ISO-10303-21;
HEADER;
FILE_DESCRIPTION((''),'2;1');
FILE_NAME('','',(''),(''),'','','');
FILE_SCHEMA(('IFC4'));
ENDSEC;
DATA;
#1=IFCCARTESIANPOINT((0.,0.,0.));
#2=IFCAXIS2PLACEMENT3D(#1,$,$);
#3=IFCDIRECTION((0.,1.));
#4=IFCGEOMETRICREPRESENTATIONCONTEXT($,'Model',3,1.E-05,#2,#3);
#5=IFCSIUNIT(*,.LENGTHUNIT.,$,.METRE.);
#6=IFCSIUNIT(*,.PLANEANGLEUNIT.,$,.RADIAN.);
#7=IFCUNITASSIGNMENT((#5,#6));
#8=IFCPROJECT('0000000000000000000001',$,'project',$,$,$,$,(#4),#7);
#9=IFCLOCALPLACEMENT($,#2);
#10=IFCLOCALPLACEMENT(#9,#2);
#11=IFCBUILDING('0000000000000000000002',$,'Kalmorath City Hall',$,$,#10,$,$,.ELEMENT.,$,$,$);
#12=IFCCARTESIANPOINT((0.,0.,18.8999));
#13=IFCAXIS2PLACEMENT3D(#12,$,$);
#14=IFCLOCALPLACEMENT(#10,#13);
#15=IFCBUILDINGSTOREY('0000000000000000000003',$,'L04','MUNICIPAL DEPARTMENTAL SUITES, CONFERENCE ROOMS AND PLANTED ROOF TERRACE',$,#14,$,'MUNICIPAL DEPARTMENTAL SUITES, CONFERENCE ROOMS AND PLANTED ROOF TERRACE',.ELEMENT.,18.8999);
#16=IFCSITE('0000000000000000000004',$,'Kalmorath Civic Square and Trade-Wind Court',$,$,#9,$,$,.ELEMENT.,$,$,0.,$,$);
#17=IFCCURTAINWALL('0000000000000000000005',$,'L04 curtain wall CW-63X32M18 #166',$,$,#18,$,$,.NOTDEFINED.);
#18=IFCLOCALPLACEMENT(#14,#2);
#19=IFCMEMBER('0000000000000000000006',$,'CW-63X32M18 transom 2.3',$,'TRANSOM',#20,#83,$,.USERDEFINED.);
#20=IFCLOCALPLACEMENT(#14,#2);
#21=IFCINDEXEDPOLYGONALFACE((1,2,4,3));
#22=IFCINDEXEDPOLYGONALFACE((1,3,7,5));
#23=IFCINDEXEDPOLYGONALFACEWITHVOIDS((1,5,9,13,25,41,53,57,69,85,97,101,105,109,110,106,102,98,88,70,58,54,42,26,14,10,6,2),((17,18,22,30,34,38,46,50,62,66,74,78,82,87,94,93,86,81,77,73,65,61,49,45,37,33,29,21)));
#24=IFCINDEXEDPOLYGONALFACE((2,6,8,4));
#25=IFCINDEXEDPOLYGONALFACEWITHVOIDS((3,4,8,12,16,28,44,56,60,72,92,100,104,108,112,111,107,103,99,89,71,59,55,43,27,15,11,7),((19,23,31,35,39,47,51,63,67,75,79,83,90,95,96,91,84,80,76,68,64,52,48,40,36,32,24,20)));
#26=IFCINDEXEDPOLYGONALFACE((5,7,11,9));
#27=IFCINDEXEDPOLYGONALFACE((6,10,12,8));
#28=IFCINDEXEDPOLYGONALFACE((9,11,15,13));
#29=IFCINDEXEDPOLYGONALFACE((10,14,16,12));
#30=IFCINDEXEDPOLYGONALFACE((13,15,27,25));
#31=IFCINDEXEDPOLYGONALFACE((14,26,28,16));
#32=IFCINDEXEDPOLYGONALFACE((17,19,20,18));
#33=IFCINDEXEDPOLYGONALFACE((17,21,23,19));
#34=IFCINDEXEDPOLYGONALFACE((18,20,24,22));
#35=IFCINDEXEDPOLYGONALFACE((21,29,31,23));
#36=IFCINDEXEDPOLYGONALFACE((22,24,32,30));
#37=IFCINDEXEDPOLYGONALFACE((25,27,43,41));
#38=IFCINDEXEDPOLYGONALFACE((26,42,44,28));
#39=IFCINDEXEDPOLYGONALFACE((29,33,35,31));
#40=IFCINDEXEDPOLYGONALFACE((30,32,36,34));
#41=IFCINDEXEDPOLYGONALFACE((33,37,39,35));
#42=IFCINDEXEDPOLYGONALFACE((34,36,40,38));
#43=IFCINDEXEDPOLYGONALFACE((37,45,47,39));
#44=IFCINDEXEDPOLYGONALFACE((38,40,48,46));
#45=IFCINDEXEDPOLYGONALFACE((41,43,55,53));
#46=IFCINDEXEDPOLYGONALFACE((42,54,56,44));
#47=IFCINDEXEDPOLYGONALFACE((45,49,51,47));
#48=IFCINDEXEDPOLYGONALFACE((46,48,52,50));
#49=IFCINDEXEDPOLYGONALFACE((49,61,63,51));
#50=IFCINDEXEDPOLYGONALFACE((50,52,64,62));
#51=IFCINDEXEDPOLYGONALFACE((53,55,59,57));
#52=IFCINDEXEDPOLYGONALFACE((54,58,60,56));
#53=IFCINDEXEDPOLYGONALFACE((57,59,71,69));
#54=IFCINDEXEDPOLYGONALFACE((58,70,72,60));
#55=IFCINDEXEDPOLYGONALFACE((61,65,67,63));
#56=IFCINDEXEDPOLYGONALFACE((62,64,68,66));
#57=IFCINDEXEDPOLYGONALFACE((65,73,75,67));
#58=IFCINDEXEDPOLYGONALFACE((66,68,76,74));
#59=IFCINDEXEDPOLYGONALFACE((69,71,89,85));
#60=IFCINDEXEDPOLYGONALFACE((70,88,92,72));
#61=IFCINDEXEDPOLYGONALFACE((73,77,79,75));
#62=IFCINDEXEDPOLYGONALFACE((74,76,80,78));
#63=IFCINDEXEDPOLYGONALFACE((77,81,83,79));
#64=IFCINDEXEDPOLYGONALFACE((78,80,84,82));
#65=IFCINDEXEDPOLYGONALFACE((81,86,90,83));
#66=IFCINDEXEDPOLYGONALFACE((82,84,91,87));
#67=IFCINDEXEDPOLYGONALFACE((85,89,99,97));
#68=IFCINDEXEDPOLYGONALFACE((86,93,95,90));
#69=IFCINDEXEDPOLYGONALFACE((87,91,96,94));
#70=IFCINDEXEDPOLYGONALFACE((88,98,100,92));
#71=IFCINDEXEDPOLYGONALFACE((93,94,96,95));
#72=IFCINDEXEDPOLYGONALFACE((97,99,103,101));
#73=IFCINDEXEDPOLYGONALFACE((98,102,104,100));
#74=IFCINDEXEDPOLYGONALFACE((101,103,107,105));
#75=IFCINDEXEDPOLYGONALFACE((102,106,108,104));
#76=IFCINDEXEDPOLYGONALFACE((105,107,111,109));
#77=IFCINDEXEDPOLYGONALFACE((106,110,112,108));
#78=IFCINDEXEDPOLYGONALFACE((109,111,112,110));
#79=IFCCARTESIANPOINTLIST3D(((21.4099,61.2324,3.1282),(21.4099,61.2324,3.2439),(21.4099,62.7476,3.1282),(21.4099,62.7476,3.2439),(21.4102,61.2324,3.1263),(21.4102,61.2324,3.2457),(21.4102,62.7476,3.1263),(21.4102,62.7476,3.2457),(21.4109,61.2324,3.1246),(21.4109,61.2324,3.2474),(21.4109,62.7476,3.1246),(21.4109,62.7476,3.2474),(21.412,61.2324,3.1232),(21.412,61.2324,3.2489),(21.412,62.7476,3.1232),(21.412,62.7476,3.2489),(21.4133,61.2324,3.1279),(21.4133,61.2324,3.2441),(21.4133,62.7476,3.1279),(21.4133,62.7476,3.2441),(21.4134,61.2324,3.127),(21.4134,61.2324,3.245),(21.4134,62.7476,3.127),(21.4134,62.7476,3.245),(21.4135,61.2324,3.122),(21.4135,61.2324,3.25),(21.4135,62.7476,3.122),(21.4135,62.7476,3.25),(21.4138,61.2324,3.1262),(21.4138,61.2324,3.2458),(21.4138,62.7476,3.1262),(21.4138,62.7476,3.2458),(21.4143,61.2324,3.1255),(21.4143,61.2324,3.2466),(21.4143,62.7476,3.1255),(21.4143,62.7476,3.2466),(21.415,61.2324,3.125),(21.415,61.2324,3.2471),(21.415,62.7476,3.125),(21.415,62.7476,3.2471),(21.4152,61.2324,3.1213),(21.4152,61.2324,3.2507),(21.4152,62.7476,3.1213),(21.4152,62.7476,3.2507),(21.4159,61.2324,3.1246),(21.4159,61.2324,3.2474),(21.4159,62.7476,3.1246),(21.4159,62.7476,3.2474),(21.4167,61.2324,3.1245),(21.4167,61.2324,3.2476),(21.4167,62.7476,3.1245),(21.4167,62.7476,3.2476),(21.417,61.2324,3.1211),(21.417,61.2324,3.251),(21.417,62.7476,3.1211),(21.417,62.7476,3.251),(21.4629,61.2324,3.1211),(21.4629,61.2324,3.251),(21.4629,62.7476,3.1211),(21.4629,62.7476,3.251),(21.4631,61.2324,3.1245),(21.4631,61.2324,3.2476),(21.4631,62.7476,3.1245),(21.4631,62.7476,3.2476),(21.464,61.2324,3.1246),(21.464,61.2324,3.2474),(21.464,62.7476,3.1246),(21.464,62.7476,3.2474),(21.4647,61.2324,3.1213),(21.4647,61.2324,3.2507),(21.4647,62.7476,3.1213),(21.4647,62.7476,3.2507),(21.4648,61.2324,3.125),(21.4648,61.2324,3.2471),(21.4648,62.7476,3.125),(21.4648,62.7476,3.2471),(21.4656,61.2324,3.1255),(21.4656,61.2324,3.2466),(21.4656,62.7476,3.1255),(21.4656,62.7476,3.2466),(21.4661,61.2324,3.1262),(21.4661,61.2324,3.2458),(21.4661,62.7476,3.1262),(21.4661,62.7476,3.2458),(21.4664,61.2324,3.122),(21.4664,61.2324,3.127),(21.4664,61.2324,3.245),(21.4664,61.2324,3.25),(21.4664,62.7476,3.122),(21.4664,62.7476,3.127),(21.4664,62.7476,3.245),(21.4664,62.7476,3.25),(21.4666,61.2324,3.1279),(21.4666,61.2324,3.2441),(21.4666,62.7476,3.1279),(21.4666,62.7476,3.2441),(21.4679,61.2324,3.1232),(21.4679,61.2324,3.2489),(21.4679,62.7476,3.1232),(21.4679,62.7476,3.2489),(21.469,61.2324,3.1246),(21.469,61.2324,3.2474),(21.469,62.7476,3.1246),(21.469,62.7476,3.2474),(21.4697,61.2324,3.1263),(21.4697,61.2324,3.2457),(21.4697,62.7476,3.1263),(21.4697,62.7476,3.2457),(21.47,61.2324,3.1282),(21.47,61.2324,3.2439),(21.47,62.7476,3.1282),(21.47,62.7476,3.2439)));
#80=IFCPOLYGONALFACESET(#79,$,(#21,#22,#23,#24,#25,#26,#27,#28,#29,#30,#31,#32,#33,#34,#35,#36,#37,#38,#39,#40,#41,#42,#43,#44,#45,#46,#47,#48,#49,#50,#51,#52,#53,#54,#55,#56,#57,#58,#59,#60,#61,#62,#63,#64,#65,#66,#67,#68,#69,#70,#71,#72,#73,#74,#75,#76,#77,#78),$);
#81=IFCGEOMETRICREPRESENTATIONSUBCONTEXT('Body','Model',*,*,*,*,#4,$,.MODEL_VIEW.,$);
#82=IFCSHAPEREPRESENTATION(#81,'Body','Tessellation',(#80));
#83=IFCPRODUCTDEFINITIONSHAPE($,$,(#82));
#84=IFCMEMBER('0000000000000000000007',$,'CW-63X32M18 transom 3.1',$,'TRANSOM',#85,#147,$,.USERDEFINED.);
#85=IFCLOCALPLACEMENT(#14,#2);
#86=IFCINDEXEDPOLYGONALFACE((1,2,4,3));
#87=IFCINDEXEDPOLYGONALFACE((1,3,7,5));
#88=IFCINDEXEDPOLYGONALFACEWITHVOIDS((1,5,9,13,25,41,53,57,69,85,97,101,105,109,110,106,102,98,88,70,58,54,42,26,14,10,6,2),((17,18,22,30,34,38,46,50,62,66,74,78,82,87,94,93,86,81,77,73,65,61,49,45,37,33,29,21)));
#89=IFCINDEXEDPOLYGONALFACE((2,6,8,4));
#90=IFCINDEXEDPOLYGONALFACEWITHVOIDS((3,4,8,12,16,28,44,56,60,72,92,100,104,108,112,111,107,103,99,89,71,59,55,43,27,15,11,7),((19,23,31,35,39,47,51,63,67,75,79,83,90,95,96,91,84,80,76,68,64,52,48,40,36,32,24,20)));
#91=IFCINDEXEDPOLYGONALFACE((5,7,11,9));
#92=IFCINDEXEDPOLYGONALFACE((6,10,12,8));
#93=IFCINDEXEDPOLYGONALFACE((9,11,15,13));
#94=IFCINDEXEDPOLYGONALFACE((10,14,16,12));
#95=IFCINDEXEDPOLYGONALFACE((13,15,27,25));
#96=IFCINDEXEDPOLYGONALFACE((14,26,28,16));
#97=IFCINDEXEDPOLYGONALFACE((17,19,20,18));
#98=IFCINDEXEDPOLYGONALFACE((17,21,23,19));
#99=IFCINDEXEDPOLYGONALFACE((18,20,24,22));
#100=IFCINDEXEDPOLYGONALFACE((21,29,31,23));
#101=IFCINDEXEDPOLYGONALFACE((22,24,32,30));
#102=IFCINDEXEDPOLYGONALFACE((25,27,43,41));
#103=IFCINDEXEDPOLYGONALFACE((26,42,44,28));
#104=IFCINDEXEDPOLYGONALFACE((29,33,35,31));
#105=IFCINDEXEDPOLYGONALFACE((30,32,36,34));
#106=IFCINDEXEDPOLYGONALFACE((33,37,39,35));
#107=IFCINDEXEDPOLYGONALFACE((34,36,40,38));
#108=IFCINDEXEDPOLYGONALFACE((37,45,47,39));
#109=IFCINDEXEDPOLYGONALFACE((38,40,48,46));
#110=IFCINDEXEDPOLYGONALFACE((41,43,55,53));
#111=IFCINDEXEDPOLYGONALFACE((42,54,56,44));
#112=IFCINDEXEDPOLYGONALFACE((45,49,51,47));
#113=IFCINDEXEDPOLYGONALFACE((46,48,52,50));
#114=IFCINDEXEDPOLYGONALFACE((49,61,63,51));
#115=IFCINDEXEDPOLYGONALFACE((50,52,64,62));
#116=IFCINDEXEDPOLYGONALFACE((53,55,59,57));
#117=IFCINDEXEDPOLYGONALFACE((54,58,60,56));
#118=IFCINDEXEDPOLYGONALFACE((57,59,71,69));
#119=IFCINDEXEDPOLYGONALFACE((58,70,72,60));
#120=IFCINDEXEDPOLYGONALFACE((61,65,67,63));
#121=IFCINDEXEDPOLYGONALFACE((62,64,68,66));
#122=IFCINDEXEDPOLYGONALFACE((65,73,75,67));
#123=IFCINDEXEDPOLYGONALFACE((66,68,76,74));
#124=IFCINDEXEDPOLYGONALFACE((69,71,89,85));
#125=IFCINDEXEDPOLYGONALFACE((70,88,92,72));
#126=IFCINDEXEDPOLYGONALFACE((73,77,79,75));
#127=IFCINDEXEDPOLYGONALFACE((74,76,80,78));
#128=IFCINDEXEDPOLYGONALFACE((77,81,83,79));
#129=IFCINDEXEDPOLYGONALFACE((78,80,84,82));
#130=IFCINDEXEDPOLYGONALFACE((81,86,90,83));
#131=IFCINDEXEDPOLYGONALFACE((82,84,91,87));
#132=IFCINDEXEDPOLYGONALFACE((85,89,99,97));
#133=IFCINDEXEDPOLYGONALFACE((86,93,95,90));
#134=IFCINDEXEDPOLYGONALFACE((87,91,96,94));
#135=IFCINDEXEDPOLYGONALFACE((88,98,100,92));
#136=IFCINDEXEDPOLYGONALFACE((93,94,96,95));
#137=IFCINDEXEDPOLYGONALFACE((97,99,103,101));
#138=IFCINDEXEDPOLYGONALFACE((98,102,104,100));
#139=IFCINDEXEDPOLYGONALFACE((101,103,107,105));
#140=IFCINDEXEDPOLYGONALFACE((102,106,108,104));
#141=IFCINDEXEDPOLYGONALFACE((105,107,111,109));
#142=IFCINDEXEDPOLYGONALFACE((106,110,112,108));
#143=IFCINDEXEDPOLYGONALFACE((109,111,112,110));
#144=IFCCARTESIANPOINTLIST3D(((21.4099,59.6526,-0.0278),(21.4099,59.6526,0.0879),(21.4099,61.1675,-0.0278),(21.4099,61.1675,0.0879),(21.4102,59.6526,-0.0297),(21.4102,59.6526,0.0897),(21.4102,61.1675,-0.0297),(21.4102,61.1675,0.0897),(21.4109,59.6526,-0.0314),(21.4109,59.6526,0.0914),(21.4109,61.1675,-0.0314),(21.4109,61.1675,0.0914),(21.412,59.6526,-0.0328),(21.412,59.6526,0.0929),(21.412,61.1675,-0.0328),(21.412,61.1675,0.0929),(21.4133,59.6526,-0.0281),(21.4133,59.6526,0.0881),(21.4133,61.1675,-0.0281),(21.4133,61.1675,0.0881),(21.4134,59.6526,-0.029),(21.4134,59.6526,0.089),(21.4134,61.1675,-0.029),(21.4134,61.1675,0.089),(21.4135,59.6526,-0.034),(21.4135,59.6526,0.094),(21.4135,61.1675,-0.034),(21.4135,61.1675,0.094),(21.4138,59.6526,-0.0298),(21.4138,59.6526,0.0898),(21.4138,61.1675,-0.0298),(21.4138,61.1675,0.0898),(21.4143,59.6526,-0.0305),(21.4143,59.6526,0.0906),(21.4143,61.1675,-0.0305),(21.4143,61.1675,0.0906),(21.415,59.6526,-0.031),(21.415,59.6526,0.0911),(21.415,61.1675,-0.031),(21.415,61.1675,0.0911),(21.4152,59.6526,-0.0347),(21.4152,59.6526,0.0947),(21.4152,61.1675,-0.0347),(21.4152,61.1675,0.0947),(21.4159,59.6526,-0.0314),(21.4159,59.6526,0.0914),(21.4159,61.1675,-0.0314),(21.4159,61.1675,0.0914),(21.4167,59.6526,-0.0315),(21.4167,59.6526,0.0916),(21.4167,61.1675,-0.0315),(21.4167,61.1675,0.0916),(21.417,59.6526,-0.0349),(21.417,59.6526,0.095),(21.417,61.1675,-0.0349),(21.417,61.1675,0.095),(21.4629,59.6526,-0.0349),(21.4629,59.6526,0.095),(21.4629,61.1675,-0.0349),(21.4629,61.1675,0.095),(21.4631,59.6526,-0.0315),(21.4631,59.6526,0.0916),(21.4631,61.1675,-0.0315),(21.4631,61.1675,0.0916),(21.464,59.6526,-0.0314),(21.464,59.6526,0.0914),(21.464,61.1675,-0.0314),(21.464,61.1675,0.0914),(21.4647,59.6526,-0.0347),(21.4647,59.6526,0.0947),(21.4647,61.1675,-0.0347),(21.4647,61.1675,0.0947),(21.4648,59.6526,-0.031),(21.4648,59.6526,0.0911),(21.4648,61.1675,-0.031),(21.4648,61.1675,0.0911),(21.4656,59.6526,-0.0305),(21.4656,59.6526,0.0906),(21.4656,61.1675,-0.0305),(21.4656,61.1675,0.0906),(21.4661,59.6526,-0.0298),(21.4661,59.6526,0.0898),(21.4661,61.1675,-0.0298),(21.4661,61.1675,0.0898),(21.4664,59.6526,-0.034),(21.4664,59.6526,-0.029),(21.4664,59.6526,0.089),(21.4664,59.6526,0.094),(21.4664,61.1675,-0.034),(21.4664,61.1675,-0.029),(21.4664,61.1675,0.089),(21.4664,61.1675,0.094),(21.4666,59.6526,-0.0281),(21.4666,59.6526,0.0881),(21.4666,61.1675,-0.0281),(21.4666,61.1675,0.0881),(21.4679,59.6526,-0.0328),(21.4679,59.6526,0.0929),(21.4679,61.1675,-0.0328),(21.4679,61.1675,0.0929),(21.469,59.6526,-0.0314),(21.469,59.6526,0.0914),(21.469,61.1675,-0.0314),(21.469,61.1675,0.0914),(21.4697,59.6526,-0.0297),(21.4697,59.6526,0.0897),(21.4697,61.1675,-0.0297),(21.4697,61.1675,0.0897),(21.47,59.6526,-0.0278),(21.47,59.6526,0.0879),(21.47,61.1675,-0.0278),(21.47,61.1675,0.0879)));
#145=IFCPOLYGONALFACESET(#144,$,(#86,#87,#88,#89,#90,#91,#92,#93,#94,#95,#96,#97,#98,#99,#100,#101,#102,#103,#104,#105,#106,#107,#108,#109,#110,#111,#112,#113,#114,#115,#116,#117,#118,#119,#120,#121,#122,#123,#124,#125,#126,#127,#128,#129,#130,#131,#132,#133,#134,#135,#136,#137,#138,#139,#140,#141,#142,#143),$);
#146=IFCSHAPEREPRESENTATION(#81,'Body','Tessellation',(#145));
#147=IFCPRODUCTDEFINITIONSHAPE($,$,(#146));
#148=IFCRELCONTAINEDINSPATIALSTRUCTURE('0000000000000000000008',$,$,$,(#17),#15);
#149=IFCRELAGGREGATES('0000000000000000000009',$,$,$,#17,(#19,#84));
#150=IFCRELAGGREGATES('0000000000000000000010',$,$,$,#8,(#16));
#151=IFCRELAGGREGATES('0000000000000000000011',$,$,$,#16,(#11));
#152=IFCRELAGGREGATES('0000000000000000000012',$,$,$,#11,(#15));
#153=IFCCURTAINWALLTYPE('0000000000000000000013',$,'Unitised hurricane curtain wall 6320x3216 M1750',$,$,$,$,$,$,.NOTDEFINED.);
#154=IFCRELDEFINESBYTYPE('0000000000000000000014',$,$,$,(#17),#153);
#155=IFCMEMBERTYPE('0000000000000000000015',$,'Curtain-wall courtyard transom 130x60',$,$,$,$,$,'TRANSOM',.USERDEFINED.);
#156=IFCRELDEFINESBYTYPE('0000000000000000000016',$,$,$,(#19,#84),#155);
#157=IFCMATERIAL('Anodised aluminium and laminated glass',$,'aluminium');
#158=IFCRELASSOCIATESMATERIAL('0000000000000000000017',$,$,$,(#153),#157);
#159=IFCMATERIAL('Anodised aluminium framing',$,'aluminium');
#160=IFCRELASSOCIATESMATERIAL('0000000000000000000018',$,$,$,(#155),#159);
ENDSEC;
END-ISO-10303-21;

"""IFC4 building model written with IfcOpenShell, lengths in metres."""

from ifc_helpers import new_model, si_unit, direction, frame, origin, origin_2d, place, context, subcontext, project, spatial, hollow_rectangle, extrude, material, material_profile, profile_set, type_object, element, aggregate, save


model = new_model("IFC4")

# Units and contexts
model_context = context("Model", 3, precision=1e-05, world=origin(), true_north=direction((0.0, 1.0)))
body_context = subcontext(model_context, "Body", "Model", "MODEL_VIEW")
ifc_project = project(units=[si_unit("LENGTHUNIT", "METRE"), si_unit("PLANEANGLEUNIT", "RADIAN")], contexts=[model_context])

# Site, building, storey
site_placement = place(None, origin())
site = spatial("IfcSite", under=ifc_project, at=site_placement, Name="Kalmorath Civic Square and Trade-Wind Court", CompositionType="ELEMENT", RefElevation=0.0)
building_placement = place(site_placement, origin())
building = spatial("IfcBuilding", under=site, at=building_placement, Name="Kalmorath City Hall", CompositionType="ELEMENT")
storey_placement = place(building_placement, frame((0.0, 0.0, 18.8999)))
storey = spatial("IfcBuildingStorey", under=building, at=storey_placement, Name="L04", Description="MUNICIPAL DEPARTMENTAL SUITES, CONFERENCE ROOMS AND PLANTED ROOF TERRACE", LongName="MUNICIPAL DEPARTMENTAL SUITES, CONFERENCE ROOMS AND PLANTED ROOF TERRACE", CompositionType="ELEMENT", Elevation=18.8999)

# Curtain wall, members
ifc_material_1 = material(Name="Anodised aluminium and laminated glass", Category="aluminium")
curtain_wall_type = type_object("IfcCurtainWallType", Name="Unitised hurricane curtain wall 6320x3216 M1750", PredefinedType="NOTDEFINED", material=ifc_material_1)
curtain_wall_placement = place(storey_placement, origin())
curtain_wall = element("IfcCurtainWall", 1, at=curtain_wall_placement, inside=storey, type_object=curtain_wall_type, Name="L04 curtain wall CW-63X32M18 #166", PredefinedType="NOTDEFINED")
ifc_material_2 = material(Name="Anodised aluminium framing", Category="aluminium")
ifc_material_profile_1 = material_profile(ifc_material_2, hollow_rectangle(XDim=0.0601, YDim=0.1299, WallThickness=0.0034, InnerFilletRadius=0.0034, OuterFilletRadius=0.0071, at=origin_2d()), Name="ALU-TRN-130X60X3.5")
ifc_profile_set_1 = profile_set([ifc_material_profile_1], Name="Anodised aluminium framing")
member_type = type_object("IfcMemberType", Name="Curtain-wall courtyard transom 130x60", ElementType="TRANSOM", PredefinedType="USERDEFINED", material=ifc_profile_set_1)
member_1_placement = place(storey_placement, frame((21.4399, 62.7476, 3.186), z_axis=(0.0, -1.0, 0.0), x_axis=(1.0, 0.0, 0.0)))
member_1 = element("IfcMember", 2, at=member_1_placement, type_object=member_type, Name="CW-63X32M18 transom 2.3", ObjectType="TRANSOM", PredefinedType="USERDEFINED", context=body_context, shape_type="SweptSolid", body=[
    extrude(hollow_rectangle(XDim=0.0601, YDim=0.1299, WallThickness=0.0034, InnerFilletRadius=0.0034, OuterFilletRadius=0.0071, at=origin_2d()), origin(), (0.0, 0.0, 1.0), 1.5151),
])
member_2_placement = place(storey_placement, frame((21.4399, 61.1675, 0.03), z_axis=(0.0, -1.0, 0.0), x_axis=(1.0, 0.0, 0.0)))
member_2 = element("IfcMember", 3, at=member_2_placement, type_object=member_type, Name="CW-63X32M18 transom 3.1", ObjectType="TRANSOM", PredefinedType="USERDEFINED", context=body_context, shape_type="SweptSolid", body=[
    extrude(hollow_rectangle(XDim=0.0601, YDim=0.1299, WallThickness=0.0034, InnerFilletRadius=0.0034, OuterFilletRadius=0.0071, at=origin_2d()), origin(), (0.0, 0.0, 1.0), 1.5149),
])

aggregate(curtain_wall, [member_1, member_2])

save(model, "model.ifc")
